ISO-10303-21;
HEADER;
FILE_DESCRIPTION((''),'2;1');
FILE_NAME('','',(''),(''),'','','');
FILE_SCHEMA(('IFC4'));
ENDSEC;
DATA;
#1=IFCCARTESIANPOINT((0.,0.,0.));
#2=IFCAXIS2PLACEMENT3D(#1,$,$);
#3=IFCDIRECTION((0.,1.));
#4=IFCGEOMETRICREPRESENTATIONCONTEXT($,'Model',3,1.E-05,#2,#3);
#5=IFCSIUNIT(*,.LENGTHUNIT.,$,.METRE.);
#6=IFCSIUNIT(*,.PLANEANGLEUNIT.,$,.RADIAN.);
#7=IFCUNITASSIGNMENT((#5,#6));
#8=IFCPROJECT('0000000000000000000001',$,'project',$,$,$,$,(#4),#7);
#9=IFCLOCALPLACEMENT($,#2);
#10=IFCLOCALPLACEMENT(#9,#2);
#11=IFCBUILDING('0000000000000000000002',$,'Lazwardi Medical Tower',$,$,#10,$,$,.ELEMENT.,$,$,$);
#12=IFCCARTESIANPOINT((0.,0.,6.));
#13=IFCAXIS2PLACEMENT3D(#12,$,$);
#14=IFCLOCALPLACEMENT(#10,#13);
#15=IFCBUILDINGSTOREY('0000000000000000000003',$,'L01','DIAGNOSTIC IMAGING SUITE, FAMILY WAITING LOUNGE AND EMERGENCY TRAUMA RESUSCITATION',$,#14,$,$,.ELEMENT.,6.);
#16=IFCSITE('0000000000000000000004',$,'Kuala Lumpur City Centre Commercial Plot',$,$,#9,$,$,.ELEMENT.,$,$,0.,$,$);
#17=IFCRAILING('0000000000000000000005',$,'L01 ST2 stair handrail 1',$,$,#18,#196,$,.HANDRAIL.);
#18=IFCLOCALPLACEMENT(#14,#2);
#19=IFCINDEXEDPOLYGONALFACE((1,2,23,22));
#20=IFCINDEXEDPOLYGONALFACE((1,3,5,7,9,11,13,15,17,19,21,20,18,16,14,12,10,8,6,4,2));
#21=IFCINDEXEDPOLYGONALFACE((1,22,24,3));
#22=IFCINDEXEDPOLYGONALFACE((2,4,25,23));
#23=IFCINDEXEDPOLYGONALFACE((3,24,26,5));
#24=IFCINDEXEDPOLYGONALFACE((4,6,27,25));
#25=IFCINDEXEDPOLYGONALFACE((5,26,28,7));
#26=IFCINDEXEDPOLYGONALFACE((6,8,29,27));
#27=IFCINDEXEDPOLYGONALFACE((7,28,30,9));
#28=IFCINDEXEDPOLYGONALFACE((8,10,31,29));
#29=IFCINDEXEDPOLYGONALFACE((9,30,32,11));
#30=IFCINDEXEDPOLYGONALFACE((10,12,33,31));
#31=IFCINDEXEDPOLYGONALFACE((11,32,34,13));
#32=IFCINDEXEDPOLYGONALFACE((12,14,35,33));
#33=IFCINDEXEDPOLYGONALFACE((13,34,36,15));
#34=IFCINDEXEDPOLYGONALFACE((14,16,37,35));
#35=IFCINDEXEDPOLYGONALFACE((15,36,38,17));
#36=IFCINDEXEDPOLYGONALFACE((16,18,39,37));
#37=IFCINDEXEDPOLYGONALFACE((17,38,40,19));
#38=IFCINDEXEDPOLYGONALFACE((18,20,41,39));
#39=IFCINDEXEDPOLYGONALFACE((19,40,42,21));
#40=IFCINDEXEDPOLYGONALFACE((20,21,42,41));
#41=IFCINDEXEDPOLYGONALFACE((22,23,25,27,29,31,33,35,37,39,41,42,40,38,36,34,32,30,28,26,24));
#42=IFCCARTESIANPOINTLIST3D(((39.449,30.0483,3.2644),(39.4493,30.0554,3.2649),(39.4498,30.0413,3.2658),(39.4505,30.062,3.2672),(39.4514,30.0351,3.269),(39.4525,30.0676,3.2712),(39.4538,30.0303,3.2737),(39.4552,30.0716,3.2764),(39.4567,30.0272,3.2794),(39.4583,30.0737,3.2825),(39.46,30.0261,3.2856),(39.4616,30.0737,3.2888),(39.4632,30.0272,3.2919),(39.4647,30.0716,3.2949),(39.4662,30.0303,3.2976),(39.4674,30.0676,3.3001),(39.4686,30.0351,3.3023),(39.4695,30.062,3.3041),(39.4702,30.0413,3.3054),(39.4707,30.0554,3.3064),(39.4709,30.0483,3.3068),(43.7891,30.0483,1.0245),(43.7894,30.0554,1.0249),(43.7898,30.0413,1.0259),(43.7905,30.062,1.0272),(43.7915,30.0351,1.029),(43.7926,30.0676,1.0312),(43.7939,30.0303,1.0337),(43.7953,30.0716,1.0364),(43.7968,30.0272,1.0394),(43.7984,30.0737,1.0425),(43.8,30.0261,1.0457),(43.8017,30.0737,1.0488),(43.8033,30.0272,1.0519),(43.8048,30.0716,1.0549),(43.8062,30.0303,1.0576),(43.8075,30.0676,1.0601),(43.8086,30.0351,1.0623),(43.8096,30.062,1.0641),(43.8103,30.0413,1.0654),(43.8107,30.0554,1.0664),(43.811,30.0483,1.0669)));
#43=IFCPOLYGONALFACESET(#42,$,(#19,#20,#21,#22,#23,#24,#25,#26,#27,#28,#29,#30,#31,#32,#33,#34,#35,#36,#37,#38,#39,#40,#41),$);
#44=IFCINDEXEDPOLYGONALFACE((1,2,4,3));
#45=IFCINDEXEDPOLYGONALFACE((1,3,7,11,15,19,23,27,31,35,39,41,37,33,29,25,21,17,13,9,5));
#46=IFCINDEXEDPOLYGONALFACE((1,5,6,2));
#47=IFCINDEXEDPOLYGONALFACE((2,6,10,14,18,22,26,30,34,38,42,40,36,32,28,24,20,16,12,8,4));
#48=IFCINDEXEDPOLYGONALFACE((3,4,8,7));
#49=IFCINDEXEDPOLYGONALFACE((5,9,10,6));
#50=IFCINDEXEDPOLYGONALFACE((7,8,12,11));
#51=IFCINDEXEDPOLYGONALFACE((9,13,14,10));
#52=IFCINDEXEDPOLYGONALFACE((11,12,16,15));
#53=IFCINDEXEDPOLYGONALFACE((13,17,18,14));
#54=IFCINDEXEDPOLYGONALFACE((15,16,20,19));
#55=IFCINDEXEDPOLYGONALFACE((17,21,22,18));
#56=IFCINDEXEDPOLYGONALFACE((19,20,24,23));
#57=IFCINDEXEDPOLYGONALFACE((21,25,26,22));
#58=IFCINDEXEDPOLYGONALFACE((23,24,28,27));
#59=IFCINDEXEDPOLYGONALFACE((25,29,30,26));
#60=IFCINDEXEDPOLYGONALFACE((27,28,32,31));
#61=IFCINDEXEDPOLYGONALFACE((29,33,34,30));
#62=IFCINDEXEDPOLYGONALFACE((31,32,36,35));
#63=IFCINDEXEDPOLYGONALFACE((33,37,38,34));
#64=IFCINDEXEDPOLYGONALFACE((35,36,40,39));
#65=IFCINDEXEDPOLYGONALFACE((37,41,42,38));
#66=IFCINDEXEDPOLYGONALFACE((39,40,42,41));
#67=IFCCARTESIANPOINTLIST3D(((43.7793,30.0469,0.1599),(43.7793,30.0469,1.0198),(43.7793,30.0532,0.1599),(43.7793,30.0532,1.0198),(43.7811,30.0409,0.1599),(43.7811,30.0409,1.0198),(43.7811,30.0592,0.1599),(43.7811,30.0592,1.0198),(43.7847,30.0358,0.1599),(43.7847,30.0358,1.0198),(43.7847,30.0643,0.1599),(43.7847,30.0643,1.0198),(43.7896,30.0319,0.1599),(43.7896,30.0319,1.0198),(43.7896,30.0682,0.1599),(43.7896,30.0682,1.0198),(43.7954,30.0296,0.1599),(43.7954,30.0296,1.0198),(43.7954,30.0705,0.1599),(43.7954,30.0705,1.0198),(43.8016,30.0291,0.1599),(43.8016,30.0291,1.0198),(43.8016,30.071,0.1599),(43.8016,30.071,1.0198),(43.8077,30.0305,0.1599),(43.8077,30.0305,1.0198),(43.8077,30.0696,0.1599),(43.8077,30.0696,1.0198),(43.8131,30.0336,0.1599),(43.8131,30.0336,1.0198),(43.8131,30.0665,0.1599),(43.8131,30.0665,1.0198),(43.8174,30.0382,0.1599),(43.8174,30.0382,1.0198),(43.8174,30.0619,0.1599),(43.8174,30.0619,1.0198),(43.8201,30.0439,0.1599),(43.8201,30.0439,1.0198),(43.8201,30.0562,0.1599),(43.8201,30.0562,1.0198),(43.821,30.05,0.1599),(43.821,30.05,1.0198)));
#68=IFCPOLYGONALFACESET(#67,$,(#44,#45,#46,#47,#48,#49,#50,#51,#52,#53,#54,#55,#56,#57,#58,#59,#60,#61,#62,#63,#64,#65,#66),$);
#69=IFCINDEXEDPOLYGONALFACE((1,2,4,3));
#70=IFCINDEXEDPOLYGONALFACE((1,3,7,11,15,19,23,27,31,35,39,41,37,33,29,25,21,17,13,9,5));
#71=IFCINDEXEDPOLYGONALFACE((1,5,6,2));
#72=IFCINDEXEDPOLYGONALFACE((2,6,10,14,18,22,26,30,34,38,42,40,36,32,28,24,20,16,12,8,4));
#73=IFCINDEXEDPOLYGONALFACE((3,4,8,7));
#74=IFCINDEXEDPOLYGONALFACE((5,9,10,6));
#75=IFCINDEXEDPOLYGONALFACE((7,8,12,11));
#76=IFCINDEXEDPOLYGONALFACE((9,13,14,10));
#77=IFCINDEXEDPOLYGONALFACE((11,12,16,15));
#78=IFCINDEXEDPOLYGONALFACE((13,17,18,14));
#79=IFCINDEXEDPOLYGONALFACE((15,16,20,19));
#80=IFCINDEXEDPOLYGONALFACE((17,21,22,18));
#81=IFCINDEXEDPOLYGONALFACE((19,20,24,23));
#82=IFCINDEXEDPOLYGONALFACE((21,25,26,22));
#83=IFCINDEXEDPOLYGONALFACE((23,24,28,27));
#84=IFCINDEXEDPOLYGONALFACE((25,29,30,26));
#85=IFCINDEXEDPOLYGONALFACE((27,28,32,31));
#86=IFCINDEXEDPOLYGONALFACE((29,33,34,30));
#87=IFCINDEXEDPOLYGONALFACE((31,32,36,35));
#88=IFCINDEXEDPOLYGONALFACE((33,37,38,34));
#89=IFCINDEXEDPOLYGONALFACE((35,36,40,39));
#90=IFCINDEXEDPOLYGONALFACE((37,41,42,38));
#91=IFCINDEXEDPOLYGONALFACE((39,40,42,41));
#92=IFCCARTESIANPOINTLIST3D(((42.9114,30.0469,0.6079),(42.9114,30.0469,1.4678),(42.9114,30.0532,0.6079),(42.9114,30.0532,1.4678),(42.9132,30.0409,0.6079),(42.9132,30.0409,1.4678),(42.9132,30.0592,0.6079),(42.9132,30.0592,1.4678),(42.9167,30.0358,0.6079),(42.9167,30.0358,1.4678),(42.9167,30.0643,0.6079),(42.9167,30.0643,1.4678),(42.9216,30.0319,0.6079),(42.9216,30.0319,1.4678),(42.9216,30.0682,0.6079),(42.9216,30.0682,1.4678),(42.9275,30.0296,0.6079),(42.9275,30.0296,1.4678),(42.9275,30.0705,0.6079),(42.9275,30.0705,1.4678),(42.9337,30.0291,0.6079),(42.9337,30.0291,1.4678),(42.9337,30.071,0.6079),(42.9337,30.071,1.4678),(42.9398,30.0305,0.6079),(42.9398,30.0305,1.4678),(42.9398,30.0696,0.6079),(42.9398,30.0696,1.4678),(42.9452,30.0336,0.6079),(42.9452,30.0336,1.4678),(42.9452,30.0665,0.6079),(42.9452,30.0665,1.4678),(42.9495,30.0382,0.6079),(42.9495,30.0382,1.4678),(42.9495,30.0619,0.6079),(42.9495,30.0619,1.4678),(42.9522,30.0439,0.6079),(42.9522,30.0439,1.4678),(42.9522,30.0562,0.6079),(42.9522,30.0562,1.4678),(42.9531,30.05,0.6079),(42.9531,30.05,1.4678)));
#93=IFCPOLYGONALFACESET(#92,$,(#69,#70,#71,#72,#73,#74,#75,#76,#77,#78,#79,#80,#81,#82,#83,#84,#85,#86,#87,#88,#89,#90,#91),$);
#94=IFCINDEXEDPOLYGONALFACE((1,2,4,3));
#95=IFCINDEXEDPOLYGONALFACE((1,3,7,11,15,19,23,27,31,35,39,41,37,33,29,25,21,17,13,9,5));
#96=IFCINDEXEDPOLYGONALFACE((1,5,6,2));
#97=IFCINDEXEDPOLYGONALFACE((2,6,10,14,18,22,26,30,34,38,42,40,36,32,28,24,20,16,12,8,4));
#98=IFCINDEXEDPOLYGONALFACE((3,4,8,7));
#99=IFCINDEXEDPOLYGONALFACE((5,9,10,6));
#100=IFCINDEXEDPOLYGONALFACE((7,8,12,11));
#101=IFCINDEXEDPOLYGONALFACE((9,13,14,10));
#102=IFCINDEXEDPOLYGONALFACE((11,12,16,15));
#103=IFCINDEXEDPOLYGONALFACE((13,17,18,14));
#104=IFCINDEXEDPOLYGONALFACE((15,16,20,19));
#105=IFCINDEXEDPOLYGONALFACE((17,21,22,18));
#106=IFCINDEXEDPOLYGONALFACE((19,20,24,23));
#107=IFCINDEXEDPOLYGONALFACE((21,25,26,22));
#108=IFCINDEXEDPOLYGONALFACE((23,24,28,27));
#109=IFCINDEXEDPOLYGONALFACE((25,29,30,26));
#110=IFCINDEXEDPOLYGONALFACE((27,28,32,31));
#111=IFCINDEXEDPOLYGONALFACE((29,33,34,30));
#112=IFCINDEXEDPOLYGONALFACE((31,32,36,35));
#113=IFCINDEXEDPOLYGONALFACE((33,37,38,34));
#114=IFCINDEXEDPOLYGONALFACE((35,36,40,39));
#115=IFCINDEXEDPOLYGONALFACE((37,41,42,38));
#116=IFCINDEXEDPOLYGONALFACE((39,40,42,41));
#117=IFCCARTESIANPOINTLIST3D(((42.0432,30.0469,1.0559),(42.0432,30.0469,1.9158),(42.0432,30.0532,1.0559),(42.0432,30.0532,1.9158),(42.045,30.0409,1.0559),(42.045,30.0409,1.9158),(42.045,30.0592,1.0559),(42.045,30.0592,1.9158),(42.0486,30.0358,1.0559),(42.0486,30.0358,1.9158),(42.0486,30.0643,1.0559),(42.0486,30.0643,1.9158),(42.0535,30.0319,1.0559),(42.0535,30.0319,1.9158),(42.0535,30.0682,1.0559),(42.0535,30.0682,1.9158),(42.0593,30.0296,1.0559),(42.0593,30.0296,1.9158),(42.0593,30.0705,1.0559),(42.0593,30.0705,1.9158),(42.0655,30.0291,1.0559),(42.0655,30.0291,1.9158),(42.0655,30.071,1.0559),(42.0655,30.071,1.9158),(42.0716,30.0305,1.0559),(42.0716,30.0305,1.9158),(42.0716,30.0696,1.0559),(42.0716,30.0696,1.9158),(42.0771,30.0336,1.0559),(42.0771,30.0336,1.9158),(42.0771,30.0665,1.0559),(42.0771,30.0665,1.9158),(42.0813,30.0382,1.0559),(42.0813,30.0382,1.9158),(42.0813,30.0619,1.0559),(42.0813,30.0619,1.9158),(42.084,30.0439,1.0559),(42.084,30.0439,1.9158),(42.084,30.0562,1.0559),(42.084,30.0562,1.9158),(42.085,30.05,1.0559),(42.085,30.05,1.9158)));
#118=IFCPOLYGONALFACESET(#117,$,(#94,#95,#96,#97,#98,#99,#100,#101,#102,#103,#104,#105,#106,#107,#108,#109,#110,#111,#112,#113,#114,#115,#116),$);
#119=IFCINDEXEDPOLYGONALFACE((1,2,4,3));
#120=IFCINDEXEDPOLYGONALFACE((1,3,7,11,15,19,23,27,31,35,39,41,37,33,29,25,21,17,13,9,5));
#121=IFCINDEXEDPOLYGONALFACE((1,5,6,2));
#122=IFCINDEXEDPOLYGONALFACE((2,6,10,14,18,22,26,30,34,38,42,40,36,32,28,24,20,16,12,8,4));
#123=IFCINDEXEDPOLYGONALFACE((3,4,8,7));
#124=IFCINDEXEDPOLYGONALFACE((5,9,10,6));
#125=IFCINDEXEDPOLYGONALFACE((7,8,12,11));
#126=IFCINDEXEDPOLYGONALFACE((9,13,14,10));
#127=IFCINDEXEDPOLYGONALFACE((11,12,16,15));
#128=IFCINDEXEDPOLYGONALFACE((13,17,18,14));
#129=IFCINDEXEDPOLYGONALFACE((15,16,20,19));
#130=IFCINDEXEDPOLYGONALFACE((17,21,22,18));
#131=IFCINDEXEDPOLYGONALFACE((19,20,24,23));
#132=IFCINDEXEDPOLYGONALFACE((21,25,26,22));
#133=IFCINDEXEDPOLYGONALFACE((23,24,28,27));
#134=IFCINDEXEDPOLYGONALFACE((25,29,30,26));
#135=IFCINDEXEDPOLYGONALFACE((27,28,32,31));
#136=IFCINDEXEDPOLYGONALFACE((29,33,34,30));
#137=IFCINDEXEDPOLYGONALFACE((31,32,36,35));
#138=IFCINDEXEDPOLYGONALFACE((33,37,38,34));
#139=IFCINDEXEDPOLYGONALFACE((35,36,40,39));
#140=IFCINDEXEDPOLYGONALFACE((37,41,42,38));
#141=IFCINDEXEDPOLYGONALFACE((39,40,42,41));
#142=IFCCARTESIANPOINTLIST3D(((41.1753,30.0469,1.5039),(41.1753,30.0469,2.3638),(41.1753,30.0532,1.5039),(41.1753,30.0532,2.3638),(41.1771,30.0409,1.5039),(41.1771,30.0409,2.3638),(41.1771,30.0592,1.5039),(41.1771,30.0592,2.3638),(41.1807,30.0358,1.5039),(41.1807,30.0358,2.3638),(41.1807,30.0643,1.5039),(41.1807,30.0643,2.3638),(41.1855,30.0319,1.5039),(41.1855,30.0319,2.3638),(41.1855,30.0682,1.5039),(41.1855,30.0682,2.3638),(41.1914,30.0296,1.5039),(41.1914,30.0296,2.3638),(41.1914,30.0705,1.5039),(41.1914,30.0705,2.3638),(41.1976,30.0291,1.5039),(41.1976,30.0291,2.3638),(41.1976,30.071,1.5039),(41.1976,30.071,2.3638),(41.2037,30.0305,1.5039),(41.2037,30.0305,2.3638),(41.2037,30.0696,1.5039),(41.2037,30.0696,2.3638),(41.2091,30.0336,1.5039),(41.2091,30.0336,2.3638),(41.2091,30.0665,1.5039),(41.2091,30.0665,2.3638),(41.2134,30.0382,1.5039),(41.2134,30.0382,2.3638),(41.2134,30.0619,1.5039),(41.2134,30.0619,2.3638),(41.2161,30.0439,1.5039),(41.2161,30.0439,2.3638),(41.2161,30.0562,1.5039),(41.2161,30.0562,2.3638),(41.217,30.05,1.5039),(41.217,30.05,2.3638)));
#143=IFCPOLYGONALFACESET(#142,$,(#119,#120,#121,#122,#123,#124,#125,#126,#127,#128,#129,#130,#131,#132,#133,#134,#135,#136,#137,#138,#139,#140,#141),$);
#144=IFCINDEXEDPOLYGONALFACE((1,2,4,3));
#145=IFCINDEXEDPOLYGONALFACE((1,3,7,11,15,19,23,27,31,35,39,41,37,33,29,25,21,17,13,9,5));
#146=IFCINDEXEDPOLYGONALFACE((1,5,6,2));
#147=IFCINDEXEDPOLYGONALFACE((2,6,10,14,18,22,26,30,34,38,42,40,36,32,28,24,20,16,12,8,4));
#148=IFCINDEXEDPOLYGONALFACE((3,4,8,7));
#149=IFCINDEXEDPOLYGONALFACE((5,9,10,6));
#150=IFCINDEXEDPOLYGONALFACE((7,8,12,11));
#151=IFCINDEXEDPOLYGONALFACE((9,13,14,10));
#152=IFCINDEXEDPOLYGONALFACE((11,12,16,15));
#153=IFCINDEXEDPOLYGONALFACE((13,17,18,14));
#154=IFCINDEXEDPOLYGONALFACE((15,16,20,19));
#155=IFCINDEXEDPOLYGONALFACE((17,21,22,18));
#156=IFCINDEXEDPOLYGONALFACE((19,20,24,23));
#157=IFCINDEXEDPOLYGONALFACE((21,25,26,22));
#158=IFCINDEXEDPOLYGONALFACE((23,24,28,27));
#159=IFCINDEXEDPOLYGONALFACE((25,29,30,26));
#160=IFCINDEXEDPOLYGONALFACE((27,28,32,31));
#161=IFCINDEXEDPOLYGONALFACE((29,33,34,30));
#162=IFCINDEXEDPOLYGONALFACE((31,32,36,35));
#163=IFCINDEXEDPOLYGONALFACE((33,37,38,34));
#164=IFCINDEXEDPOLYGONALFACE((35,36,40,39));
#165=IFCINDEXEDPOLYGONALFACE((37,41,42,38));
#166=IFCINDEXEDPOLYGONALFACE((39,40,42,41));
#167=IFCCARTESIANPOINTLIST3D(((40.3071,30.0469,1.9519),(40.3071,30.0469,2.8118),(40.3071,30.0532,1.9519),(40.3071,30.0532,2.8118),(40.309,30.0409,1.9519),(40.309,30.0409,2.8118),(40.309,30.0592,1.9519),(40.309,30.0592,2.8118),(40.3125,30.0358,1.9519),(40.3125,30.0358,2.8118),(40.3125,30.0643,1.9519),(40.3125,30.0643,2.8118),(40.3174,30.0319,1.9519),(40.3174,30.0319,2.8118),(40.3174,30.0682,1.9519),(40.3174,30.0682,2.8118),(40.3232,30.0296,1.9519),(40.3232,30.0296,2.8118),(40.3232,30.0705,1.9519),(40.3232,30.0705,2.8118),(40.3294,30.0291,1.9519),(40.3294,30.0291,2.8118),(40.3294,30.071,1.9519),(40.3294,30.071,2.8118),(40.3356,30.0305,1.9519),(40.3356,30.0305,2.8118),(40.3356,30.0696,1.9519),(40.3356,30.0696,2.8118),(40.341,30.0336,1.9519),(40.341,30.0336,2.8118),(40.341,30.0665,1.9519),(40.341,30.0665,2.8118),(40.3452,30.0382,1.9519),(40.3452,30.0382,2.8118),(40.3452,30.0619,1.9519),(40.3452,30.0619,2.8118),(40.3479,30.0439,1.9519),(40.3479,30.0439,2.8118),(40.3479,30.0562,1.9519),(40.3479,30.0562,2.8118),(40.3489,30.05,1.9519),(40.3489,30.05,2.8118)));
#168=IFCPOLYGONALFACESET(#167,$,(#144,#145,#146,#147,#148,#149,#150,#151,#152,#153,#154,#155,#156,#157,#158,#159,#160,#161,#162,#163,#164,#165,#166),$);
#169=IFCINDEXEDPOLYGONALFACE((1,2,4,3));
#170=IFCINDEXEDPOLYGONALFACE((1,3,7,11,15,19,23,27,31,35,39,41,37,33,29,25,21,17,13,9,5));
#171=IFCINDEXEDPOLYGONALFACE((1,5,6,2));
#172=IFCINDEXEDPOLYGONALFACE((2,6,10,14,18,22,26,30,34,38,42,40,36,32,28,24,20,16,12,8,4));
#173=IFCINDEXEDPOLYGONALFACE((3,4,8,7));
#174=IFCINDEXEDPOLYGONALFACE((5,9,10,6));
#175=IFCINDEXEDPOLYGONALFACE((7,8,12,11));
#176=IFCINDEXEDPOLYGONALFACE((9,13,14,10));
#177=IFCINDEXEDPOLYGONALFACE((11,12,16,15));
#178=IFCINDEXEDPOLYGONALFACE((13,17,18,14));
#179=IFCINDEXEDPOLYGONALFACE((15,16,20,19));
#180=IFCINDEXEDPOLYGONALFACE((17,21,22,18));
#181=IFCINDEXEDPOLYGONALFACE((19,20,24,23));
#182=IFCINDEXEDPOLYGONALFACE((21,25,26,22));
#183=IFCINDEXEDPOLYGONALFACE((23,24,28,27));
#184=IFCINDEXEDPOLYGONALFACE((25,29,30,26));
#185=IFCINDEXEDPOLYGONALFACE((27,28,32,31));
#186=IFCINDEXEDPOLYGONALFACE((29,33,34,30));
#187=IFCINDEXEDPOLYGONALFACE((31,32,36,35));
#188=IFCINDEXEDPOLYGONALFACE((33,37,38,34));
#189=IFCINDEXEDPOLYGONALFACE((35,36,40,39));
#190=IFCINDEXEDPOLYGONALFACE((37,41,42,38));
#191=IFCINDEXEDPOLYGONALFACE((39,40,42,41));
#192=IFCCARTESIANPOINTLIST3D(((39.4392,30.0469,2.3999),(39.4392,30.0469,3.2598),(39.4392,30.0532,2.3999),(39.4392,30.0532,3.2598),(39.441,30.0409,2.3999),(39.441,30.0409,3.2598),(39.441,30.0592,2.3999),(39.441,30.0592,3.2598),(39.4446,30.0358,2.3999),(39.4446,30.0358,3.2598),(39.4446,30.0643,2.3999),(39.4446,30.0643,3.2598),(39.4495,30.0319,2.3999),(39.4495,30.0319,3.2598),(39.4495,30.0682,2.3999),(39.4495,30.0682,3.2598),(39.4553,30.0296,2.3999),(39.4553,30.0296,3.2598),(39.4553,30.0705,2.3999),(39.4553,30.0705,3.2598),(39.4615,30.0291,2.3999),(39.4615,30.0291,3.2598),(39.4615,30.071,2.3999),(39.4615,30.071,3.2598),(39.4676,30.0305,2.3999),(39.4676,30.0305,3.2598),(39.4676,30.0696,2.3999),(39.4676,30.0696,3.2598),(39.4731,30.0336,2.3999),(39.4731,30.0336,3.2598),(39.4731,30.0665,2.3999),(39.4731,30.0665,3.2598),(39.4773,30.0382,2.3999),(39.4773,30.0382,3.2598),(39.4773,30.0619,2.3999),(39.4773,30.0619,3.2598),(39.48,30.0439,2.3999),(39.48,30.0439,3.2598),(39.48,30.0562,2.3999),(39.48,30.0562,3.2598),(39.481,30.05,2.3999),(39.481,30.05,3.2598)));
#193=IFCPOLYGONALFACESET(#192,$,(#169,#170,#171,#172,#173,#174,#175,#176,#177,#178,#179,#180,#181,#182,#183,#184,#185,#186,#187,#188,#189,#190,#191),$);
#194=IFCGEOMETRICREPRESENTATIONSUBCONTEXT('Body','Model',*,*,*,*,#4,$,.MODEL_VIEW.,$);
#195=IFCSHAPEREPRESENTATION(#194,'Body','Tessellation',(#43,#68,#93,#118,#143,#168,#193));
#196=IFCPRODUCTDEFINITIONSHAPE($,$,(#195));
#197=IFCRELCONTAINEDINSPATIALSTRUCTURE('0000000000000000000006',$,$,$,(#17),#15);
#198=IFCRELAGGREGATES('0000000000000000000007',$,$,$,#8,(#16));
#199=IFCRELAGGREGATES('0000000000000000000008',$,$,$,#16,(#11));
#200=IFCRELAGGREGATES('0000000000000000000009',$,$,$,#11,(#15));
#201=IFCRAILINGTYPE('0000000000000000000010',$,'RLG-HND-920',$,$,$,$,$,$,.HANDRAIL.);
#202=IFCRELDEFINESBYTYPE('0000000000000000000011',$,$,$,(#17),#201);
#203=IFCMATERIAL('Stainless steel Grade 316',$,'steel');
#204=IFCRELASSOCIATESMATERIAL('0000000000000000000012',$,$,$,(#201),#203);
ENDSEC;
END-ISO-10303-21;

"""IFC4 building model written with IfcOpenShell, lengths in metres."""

from ifc_helpers import new_model, si_unit, direction, frame, origin, origin_2d, place, context, subcontext, project, spatial, circle, extrude, material, type_object, element, save


model = new_model("IFC4")

# Units and contexts
model_context = context("Model", 3, precision=1e-05, world=origin(), true_north=direction((0.0, 1.0)))
body_context = subcontext(model_context, "Body", "Model", "MODEL_VIEW")
ifc_project = project(units=[si_unit("LENGTHUNIT", "METRE"), si_unit("PLANEANGLEUNIT", "RADIAN")], contexts=[model_context])

# Site, building, storey
site_placement = place(None, origin())
site = spatial("IfcSite", under=ifc_project, at=site_placement, Name="Kuala Lumpur City Centre Commercial Plot", CompositionType="ELEMENT", RefElevation=0.0)
building_placement = place(site_placement, origin())
building = spatial("IfcBuilding", under=site, at=building_placement, Name="Lazwardi Medical Tower", CompositionType="ELEMENT")
storey_placement = place(building_placement, frame((0.0, 0.0, 6.0)))
storey = spatial("IfcBuildingStorey", under=building, at=storey_placement, Name="L01", Description="DIAGNOSTIC IMAGING SUITE, FAMILY WAITING LOUNGE AND EMERGENCY TRAUMA RESUSCITATION", CompositionType="ELEMENT", Elevation=6.0)

# Railing
ifc_material_1 = material(Name="Stainless steel Grade 316", Category="steel")
railing_type_1 = type_object("IfcRailingType", Name="RLG-HND-920", PredefinedType="HANDRAIL", material=ifc_material_1)
railing_1_placement = place(storey_placement, frame((43.8, 30.05, 0.1599)))
element("IfcRailing", 1, at=railing_1_placement, inside=storey, type_object=railing_type_1, Name="L01 ST2 stair handrail 1", PredefinedType="HANDRAIL", context=body_context, shape_type="SweptSolid", body=[
    extrude(circle(Radius=0.0239, at=origin_2d()), frame((0.0, 0.0, 0.8857), z_axis=(-0.888625, 0.0, 0.458634), x_axis=(0.0, -1.0, 0.0)), (0.0, 0.0, 1.0), 4.884),
    extrude(circle(Radius=0.021, at=origin_2d()), origin(), (0.0, 0.0, 1.0), 0.8599),
    extrude(circle(Radius=0.021, at=origin_2d()), frame((-0.8679, 0.0, 0.448)), (0.0, 0.0, 1.0), 0.8599),
    extrude(circle(Radius=0.021, at=origin_2d()), frame((-1.7361, 0.0, 0.896)), (0.0, 0.0, 1.0), 0.8599),
    extrude(circle(Radius=0.021, at=origin_2d()), frame((-2.604, 0.0, 1.344)), (0.0, 0.0, 1.0), 0.8599),
    extrude(circle(Radius=0.021, at=origin_2d()), frame((-3.4722, 0.0, 1.792)), (0.0, 0.0, 1.0), 0.8599),
    extrude(circle(Radius=0.021, at=origin_2d()), frame((-4.3401, 0.0, 2.24)), (0.0, 0.0, 1.0), 0.8599),
])

save(model, "model.ifc")
